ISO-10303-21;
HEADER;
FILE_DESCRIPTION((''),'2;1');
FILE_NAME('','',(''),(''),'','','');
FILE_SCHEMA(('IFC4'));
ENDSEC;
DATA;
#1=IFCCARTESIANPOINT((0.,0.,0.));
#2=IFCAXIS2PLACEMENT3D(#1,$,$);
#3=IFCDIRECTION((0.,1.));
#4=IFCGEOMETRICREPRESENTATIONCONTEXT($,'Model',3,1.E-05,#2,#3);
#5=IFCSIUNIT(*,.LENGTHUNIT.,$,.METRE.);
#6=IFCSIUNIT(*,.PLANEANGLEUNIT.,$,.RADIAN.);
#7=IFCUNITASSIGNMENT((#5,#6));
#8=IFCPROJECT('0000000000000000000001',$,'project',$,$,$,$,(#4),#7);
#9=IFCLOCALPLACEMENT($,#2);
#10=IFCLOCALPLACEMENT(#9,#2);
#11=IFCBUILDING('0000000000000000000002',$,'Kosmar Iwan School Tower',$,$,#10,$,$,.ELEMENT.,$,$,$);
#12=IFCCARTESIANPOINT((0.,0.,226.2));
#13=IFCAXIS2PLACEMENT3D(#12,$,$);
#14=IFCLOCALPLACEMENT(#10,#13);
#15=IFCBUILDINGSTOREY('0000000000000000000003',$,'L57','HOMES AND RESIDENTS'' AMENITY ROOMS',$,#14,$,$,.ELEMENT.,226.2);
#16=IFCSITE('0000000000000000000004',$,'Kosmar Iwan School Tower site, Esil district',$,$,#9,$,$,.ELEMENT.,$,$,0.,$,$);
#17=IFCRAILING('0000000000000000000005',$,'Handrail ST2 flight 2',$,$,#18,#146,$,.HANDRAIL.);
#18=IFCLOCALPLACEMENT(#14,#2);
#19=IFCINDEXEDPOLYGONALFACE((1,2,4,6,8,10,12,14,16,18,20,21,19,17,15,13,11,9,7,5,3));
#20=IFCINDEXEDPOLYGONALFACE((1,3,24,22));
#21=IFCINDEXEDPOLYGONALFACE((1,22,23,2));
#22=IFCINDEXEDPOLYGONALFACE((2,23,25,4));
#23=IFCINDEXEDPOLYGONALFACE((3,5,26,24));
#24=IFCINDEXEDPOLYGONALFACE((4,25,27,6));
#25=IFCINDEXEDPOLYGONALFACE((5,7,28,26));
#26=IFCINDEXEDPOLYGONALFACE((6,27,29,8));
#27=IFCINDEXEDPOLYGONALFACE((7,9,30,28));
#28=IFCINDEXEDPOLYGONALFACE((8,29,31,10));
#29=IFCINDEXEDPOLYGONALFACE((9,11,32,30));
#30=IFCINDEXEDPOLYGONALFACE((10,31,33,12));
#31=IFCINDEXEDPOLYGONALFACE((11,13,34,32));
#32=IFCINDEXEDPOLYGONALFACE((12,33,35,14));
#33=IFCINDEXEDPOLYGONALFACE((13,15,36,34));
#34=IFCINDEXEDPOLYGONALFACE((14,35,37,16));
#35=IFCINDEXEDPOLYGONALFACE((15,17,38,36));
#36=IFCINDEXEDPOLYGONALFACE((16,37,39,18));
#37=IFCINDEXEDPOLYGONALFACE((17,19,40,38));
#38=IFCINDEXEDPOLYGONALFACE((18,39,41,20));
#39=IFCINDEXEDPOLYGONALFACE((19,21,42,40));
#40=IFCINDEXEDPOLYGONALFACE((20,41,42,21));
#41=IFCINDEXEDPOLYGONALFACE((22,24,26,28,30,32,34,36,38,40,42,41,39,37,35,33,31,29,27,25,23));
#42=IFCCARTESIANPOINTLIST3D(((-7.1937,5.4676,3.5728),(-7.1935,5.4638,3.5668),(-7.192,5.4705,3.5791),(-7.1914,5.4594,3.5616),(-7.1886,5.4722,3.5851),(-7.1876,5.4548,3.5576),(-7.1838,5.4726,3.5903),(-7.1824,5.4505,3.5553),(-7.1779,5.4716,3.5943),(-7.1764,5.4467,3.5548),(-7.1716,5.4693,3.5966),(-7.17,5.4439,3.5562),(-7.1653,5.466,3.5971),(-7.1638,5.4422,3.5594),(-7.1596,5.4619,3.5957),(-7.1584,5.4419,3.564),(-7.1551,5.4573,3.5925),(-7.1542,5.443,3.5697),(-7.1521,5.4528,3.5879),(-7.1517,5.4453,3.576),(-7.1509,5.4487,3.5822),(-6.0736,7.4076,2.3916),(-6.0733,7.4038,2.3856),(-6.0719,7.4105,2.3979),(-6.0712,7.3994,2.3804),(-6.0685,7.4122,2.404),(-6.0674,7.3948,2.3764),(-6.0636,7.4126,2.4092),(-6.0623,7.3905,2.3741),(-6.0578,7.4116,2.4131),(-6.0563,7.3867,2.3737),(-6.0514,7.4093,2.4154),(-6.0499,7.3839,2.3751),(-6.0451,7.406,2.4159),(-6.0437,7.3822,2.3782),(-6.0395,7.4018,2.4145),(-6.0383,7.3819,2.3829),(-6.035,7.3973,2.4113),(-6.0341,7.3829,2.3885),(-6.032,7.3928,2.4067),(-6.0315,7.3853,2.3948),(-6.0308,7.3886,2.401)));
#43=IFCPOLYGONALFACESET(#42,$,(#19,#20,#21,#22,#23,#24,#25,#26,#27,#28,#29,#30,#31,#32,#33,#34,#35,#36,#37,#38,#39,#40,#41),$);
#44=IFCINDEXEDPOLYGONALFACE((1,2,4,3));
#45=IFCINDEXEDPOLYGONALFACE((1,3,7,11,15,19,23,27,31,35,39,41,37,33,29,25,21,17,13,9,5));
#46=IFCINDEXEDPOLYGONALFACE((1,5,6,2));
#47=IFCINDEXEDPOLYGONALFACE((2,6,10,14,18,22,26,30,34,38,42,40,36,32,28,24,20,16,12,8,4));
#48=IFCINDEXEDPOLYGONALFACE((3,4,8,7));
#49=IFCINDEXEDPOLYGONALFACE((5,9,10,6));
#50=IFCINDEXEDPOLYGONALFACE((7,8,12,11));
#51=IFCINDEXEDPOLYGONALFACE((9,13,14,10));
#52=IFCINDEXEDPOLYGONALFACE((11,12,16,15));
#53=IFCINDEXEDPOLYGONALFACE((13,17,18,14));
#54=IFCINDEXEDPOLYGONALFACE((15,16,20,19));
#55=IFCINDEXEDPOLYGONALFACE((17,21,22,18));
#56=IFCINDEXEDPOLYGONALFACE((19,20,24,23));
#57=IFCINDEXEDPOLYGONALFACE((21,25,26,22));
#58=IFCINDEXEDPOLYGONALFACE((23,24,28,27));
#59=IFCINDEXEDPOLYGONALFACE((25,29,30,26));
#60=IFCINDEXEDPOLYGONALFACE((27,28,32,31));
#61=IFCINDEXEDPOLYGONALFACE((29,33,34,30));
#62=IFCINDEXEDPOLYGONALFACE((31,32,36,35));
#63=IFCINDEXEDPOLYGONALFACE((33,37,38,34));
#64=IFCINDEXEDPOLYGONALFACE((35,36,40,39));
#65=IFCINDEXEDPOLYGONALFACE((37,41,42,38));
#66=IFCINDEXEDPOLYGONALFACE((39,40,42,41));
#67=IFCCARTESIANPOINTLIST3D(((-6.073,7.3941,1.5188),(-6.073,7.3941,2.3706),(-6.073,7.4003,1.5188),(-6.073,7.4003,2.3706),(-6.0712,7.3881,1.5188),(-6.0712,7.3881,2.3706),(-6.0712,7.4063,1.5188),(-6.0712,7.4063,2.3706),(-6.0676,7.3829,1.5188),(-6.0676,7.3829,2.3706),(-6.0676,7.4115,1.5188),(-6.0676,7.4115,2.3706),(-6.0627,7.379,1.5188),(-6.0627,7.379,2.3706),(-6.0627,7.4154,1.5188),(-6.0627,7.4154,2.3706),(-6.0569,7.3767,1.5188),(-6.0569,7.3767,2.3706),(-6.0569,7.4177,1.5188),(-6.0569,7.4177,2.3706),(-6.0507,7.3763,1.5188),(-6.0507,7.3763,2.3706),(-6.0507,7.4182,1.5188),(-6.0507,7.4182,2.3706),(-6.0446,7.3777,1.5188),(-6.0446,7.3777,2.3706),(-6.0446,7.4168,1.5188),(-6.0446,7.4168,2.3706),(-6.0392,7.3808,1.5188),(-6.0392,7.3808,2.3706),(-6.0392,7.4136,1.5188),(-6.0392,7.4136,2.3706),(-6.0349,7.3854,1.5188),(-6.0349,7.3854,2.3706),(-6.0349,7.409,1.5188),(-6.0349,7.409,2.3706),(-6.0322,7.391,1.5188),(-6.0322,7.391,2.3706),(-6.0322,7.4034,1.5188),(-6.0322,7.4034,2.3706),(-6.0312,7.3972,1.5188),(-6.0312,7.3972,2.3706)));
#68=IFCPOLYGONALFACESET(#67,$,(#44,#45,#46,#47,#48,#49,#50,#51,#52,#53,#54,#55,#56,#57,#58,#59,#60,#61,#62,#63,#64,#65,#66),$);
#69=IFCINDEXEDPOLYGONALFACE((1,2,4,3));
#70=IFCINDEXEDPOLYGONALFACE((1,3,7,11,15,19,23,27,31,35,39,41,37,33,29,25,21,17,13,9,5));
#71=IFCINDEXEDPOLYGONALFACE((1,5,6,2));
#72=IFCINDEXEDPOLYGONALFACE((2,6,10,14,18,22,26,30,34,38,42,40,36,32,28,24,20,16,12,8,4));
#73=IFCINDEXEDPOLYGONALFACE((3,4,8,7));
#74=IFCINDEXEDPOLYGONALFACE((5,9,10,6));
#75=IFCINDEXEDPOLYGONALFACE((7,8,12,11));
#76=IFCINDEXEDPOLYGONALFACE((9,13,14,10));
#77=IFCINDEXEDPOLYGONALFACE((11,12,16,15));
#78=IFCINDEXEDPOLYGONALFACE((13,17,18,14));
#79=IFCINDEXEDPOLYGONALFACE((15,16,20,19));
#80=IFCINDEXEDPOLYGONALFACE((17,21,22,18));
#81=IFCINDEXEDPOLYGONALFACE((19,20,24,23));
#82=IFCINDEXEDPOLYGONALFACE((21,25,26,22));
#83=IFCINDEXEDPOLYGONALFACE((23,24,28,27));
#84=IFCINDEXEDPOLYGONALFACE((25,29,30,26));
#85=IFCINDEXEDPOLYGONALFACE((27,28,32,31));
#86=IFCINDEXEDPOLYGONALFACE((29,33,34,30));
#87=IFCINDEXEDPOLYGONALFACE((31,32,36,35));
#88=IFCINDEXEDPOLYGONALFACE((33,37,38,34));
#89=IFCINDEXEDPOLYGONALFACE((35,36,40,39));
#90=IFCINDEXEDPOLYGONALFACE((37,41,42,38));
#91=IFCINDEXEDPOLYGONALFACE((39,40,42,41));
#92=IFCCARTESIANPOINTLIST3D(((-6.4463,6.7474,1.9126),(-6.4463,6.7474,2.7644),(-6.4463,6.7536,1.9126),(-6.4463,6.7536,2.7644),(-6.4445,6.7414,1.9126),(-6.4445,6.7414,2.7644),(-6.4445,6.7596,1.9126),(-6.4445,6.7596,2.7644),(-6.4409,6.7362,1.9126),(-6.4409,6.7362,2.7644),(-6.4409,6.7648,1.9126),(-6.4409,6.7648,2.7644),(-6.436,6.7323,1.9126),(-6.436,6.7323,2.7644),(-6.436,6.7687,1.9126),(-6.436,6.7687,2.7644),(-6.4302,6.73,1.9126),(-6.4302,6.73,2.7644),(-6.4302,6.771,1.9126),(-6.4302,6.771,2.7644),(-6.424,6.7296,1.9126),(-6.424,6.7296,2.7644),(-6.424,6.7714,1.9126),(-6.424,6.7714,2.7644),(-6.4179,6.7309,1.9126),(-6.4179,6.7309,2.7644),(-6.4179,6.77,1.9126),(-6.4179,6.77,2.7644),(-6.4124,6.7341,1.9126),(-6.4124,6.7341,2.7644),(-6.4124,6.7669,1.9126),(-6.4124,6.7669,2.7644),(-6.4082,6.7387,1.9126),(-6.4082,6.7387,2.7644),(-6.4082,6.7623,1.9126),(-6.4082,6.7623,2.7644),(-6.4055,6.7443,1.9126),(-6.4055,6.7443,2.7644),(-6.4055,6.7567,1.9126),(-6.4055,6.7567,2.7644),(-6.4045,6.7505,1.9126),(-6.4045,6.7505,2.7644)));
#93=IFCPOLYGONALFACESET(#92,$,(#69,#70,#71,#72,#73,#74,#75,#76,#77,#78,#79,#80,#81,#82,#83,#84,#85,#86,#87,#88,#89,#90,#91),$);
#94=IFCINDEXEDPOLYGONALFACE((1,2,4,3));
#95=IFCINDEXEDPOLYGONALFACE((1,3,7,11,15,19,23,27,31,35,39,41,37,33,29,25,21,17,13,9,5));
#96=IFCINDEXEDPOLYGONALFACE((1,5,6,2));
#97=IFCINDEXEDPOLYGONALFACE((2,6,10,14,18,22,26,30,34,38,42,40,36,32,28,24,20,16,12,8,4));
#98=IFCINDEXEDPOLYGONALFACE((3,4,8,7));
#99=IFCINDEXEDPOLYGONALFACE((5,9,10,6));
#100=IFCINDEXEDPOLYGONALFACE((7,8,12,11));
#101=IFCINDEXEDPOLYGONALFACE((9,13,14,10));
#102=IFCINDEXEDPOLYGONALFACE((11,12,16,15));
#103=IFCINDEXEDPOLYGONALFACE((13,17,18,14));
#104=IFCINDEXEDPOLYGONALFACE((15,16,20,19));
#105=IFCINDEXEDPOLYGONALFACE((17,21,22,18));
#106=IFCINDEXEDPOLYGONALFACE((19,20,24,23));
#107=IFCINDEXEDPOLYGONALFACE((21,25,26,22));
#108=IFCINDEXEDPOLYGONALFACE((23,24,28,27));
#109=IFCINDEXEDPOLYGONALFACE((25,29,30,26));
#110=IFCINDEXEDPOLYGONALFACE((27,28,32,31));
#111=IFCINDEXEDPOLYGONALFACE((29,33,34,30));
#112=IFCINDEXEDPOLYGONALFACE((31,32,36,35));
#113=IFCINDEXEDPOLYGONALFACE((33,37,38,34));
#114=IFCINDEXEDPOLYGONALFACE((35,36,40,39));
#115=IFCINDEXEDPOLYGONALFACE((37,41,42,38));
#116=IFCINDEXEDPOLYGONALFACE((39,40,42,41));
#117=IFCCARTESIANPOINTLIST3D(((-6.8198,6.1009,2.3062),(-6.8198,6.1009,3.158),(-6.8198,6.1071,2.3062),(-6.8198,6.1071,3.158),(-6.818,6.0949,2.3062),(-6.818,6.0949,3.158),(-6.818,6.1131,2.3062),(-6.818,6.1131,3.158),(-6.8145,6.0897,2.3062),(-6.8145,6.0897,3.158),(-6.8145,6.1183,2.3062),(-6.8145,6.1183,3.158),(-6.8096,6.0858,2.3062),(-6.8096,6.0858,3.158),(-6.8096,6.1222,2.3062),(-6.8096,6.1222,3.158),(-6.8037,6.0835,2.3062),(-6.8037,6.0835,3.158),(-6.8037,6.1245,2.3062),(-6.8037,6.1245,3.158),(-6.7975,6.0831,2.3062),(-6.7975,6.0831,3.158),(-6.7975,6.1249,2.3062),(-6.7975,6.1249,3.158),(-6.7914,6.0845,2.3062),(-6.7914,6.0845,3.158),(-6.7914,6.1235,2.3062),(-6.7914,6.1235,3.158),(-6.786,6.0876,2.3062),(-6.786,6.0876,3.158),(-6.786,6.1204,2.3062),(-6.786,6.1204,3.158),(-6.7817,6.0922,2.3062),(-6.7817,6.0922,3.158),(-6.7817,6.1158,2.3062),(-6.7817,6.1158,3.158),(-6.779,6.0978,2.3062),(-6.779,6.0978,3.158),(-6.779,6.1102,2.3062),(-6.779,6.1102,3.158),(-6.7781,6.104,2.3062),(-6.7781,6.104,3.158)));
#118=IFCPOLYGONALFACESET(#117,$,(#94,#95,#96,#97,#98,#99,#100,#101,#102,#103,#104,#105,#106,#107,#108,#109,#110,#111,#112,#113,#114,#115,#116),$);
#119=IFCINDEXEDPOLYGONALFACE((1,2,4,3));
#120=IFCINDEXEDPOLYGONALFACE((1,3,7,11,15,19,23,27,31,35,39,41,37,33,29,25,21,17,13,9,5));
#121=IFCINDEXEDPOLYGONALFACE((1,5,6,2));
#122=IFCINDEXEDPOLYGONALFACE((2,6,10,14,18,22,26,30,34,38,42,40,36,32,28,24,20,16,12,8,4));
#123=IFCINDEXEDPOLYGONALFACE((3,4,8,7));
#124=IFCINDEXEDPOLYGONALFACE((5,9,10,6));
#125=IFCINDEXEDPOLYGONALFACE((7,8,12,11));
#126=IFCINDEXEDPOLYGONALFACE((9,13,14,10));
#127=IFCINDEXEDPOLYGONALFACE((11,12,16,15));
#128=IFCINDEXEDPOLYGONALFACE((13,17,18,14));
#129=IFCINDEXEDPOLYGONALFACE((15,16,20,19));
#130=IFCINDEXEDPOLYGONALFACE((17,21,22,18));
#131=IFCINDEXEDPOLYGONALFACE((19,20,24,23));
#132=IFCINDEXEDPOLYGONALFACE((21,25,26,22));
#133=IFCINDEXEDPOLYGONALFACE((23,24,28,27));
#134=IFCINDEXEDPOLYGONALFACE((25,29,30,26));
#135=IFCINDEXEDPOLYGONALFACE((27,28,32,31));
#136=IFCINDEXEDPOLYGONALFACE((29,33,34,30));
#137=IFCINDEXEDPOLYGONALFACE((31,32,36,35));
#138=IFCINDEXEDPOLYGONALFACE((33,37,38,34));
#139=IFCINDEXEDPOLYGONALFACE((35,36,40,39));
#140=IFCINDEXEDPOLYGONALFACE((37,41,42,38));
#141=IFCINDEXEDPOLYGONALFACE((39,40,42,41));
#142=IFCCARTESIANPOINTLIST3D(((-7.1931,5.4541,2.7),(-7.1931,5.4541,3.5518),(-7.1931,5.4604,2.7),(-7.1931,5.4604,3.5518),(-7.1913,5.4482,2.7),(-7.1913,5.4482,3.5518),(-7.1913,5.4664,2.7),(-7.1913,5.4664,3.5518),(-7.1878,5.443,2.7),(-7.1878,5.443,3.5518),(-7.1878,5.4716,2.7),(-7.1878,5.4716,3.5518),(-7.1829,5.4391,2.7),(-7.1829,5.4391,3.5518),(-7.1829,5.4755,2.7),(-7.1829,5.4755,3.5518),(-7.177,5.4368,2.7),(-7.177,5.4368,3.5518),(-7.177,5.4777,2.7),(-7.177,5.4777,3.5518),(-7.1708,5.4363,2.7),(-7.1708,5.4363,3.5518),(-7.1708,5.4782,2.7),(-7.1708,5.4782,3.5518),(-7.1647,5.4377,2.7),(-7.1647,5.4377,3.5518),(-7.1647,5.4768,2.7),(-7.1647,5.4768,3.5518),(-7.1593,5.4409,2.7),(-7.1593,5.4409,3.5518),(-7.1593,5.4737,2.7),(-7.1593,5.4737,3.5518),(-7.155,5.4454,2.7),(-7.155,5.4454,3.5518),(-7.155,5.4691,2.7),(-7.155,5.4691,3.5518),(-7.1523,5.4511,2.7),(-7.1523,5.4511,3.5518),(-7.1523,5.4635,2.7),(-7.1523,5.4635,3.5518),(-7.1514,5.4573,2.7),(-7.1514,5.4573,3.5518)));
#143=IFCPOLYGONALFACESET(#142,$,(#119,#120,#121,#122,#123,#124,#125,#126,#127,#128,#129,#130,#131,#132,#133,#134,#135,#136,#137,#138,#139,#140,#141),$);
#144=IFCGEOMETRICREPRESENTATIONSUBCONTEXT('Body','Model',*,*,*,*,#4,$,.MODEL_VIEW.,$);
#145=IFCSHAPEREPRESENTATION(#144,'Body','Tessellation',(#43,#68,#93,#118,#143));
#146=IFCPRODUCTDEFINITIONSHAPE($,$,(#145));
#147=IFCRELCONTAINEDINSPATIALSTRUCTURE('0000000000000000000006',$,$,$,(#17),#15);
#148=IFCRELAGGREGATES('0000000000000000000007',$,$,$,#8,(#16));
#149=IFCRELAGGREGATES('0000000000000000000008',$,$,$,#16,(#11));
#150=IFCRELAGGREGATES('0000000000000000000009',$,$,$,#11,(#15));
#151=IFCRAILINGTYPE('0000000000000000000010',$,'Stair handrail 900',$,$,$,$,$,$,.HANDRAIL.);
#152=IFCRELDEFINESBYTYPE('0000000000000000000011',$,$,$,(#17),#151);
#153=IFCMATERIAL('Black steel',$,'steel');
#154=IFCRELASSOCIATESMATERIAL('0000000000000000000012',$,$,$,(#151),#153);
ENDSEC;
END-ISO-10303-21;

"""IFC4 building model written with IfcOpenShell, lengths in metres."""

from ifc_helpers import new_model, si_unit, direction, frame, origin, origin_2d, place, context, subcontext, project, spatial, circle, extrude, material, type_object, element, save


model = new_model("IFC4")

# Units and contexts
model_context = context("Model", 3, precision=1e-05, world=origin(), true_north=direction((0.0, 1.0)))
body_context = subcontext(model_context, "Body", "Model", "MODEL_VIEW")
ifc_project = project(units=[si_unit("LENGTHUNIT", "METRE"), si_unit("PLANEANGLEUNIT", "RADIAN")], contexts=[model_context])

# Site, building, storey
site_placement = place(None, origin())
site = spatial("IfcSite", under=ifc_project, at=site_placement, Name="Kosmar Iwan School Tower site, Esil district", CompositionType="ELEMENT", RefElevation=0.0)
building_placement = place(site_placement, origin())
building = spatial("IfcBuilding", under=site, at=building_placement, Name="Kosmar Iwan School Tower", CompositionType="ELEMENT")
storey_placement = place(building_placement, frame((0.0, 0.0, 226.2)))
storey = spatial("IfcBuildingStorey", under=building, at=storey_placement, Name="L57", Description="HOMES AND RESIDENTS' AMENITY ROOMS", CompositionType="ELEMENT", Elevation=226.2)

# Railing
ifc_material_1 = material(Name="Black steel", Category="steel")
railing_type = type_object("IfcRailingType", Name="Stair handrail 900", PredefinedType="HANDRAIL", material=ifc_material_1)
railing_1_placement = place(storey_placement, frame((-6.0522, 7.3972, 1.5188)))
element("IfcRailing", 1, at=railing_1_placement, inside=storey, type_object=railing_type, Name="Handrail ST2 flight 2", PredefinedType="HANDRAIL", context=body_context, shape_type="SweptSolid", body=[
    extrude(circle(Radius=0.0239, at=origin_2d()), frame((0.0, 0.0, 0.876), z_axis=(-0.442311, -0.766042, 0.466412), x_axis=(0.866008, -0.500031, 0.0)), (0.0, 0.0, 1.0), 2.5325),
    extrude(circle(Radius=0.021, at=origin_2d()), origin(), (0.0, 0.0, 1.0), 0.8518),
    extrude(circle(Radius=0.021, at=origin_2d()), frame((-0.3733, -0.6467, 0.3938)), (0.0, 0.0, 1.0), 0.8518),
    extrude(circle(Radius=0.021, at=origin_2d()), frame((-0.7468, -1.2932, 0.7874)), (0.0, 0.0, 1.0), 0.8518),
    extrude(circle(Radius=0.021, at=origin_2d()), frame((-1.1201, -1.9399, 1.1812)), (0.0, 0.0, 1.0), 0.8518),
])

save(model, "model.ifc")
